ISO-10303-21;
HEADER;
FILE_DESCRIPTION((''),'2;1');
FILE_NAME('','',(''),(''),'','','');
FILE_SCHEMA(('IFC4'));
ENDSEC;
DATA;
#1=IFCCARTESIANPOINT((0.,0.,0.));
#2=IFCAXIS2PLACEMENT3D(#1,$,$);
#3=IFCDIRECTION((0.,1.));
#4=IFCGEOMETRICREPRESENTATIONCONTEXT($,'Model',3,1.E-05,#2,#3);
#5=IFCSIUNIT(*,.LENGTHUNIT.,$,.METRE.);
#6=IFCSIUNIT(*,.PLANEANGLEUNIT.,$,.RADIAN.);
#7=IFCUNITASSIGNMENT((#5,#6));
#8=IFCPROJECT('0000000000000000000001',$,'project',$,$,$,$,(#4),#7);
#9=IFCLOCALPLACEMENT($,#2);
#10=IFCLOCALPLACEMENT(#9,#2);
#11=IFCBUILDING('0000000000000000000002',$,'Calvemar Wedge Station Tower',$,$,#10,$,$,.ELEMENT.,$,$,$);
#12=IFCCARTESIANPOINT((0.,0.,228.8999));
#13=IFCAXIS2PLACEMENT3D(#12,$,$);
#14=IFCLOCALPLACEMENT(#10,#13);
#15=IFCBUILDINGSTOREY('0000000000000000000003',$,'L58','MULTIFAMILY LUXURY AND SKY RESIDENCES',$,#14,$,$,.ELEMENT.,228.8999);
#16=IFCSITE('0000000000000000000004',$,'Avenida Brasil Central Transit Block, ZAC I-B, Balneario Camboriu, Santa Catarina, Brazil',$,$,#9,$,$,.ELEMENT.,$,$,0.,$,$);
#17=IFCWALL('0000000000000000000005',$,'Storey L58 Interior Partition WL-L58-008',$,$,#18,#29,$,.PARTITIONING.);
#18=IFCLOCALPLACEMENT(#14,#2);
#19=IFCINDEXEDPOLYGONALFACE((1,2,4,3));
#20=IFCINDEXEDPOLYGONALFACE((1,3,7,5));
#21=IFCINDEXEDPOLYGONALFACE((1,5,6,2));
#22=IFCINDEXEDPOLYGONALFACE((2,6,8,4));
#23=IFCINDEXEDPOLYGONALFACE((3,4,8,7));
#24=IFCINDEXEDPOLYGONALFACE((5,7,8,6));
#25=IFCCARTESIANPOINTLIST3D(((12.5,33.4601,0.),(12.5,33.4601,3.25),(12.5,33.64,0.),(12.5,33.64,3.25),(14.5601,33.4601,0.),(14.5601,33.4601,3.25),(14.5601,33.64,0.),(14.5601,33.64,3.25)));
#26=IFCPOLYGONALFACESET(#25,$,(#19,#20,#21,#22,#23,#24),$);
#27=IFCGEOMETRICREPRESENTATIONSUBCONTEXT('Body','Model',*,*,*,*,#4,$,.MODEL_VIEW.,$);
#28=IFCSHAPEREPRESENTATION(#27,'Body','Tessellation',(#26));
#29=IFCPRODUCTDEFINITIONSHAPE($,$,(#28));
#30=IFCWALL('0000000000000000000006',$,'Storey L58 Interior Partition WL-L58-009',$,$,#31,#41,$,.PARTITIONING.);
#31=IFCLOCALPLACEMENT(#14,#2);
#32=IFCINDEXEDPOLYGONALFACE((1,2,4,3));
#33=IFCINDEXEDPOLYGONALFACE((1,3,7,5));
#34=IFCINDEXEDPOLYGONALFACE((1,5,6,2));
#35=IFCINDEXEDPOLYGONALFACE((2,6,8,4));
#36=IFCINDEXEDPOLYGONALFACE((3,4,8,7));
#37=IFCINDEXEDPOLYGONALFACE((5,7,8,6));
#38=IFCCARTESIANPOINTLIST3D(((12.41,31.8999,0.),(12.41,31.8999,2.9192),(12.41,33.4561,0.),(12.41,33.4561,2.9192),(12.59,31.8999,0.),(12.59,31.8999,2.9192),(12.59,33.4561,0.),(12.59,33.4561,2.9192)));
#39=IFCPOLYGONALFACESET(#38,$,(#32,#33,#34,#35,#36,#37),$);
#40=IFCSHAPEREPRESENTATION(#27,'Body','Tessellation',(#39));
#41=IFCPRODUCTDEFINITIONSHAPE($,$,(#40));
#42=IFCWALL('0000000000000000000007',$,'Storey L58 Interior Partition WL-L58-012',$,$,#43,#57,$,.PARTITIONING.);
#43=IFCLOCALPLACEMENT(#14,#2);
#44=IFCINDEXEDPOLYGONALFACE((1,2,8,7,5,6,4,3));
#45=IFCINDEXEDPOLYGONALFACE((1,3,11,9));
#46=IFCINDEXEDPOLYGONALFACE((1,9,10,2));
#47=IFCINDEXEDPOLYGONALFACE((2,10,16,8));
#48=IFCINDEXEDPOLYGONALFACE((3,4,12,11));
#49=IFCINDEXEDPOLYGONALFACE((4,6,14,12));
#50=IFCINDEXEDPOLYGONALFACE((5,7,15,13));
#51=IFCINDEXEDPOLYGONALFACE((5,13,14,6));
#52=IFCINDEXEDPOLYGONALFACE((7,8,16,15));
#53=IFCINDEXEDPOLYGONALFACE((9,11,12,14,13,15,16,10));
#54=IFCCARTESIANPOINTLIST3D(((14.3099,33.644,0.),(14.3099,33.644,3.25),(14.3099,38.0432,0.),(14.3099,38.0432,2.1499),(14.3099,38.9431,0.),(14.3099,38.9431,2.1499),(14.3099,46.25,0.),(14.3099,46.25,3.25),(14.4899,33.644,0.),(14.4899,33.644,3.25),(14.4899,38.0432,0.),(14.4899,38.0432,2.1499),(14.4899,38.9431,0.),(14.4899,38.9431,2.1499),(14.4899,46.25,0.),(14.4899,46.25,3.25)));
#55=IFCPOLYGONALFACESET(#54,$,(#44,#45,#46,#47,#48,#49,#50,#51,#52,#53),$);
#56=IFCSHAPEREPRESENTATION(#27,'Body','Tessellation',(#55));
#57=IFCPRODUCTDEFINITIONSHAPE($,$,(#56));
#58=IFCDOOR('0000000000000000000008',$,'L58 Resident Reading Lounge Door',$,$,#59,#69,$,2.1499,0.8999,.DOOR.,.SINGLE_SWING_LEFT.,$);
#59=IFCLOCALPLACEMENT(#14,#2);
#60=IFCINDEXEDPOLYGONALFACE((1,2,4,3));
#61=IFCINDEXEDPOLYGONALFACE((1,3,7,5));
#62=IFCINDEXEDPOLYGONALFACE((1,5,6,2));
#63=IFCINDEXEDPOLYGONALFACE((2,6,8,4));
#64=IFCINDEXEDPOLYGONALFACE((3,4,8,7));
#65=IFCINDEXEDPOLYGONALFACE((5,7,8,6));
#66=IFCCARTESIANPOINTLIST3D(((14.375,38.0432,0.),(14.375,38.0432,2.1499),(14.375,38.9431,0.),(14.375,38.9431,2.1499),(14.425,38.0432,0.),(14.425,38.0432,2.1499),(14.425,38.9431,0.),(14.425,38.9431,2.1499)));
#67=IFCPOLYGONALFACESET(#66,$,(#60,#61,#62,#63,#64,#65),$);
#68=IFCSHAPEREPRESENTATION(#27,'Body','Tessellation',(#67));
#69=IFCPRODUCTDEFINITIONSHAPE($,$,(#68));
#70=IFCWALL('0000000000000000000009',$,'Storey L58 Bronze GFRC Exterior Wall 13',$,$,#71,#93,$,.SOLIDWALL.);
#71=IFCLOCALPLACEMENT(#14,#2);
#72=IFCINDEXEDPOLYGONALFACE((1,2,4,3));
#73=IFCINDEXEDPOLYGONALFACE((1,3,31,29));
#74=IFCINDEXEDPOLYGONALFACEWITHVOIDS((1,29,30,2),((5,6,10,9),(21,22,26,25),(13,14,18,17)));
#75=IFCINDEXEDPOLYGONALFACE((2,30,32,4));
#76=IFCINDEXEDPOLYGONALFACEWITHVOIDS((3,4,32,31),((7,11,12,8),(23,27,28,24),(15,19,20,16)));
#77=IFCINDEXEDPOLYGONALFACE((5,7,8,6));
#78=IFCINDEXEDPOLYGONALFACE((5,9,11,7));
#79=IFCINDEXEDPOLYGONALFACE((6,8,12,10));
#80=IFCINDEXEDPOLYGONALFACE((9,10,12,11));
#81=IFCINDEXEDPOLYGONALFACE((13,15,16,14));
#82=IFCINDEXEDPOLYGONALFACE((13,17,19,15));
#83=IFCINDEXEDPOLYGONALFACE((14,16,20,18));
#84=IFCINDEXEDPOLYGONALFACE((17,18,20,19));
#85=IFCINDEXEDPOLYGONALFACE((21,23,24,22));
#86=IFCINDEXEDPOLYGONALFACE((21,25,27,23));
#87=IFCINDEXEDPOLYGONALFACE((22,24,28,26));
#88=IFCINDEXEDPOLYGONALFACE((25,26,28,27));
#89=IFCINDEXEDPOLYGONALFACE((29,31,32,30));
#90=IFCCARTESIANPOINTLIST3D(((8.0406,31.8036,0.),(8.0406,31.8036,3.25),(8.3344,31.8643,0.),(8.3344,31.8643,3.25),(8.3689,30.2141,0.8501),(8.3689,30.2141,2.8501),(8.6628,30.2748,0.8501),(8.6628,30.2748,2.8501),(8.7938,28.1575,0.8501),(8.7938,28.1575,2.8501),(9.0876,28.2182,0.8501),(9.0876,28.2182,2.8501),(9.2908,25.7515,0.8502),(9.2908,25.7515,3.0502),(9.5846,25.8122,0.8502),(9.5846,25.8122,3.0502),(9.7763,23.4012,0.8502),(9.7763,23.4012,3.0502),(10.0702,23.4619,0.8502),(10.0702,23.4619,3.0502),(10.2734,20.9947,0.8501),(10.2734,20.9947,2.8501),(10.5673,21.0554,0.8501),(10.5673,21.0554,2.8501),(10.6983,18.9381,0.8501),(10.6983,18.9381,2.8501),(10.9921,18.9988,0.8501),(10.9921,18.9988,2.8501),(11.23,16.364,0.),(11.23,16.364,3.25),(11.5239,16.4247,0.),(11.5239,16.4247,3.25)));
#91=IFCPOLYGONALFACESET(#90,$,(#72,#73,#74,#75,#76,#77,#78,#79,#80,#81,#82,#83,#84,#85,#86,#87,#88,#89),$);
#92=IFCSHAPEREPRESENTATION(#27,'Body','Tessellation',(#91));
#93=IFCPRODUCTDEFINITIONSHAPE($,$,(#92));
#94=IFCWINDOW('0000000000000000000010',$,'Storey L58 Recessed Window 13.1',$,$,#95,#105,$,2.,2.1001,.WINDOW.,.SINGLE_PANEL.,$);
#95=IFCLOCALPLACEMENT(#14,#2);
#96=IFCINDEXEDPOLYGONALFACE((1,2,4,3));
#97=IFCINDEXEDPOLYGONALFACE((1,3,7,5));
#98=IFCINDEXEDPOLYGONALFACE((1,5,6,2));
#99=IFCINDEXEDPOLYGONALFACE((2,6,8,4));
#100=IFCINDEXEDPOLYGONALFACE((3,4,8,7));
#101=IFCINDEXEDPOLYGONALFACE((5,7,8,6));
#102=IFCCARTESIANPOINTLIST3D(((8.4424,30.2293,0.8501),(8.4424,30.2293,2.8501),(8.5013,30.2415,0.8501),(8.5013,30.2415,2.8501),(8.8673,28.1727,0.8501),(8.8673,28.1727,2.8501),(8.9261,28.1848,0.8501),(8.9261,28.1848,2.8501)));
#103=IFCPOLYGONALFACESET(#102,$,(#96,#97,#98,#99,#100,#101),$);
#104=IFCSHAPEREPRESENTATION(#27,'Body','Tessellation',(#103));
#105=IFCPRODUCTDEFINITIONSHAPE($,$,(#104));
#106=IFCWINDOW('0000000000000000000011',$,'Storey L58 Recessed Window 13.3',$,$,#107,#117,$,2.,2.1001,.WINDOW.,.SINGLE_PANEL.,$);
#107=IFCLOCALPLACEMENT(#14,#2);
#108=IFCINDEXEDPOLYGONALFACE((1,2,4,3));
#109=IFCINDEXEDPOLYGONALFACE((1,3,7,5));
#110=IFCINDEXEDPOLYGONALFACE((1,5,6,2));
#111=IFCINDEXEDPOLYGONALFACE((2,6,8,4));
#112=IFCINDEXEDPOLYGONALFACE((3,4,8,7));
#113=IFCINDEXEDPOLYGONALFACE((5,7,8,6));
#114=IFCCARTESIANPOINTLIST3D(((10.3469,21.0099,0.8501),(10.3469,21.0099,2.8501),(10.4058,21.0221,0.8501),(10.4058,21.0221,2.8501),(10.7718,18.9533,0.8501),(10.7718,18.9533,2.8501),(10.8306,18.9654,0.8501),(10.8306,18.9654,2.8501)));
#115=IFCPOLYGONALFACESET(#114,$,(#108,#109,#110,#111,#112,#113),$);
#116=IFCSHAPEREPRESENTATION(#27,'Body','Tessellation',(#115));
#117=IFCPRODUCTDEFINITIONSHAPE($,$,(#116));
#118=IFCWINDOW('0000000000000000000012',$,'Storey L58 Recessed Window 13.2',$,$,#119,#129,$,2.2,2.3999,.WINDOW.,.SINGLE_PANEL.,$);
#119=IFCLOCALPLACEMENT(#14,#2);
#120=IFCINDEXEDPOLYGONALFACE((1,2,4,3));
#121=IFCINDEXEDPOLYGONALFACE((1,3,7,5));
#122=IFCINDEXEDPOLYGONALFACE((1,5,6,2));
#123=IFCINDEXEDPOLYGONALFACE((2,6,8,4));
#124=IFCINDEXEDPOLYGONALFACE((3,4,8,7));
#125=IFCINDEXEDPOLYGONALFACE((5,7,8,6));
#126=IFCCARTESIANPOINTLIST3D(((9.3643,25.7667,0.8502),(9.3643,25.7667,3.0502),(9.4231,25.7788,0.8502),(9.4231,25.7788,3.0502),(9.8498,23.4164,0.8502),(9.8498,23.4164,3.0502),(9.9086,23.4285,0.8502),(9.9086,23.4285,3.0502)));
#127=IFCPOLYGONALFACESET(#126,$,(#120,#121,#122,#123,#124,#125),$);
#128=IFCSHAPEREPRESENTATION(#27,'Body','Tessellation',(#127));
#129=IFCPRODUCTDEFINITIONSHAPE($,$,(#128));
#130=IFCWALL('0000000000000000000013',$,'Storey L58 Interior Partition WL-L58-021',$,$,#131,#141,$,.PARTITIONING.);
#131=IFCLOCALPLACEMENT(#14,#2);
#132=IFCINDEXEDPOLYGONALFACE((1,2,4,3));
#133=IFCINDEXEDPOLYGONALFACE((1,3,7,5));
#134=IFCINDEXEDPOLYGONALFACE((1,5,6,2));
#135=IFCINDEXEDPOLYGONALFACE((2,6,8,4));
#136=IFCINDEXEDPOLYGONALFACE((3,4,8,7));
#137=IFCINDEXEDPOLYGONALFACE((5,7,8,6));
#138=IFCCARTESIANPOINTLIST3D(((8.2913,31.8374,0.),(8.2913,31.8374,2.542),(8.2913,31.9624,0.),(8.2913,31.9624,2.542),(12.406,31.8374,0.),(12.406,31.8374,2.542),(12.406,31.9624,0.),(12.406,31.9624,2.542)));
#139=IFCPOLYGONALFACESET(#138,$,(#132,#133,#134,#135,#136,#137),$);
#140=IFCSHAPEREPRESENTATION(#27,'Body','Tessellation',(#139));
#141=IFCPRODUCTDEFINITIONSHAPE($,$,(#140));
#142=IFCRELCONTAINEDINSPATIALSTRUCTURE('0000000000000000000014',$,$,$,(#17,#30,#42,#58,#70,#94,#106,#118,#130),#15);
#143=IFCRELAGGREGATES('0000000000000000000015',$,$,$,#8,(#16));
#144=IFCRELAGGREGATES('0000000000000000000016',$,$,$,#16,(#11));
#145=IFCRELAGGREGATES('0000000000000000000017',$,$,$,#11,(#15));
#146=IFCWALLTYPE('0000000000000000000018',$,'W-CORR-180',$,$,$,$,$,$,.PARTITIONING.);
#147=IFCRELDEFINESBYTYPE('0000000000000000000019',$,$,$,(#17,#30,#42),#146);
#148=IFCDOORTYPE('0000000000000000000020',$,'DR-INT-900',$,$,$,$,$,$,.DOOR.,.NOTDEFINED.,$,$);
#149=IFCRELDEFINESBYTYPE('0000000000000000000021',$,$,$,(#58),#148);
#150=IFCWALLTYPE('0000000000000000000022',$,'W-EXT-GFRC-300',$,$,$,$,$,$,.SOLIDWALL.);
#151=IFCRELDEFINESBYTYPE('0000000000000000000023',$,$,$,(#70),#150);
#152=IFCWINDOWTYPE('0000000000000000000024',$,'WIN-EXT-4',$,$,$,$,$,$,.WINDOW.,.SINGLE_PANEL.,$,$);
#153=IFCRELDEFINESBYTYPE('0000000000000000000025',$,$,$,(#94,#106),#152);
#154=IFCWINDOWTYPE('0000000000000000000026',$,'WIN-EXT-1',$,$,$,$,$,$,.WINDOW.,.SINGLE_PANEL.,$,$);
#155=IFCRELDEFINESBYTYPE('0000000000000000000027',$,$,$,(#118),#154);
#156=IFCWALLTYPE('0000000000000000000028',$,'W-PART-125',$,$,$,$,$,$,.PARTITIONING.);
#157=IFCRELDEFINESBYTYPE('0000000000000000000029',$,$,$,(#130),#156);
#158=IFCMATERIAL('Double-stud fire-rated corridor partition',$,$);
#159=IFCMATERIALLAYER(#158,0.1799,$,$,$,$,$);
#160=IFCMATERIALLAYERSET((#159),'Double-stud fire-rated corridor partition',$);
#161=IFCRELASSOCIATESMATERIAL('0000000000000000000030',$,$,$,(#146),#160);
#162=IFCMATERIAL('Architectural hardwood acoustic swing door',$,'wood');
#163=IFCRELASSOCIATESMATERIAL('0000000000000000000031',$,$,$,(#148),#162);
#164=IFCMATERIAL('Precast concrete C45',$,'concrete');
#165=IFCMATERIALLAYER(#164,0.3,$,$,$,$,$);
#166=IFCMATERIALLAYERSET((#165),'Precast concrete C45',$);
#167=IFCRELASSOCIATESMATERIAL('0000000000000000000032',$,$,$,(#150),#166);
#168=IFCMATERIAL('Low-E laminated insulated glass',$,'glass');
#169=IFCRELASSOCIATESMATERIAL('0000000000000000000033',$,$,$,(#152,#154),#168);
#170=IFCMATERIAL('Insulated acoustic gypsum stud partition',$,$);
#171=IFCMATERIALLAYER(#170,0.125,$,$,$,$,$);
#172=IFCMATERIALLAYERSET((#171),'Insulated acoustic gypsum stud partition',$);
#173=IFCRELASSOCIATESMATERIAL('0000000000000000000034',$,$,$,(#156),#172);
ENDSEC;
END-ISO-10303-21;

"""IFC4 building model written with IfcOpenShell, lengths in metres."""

from ifc_helpers import new_model, si_unit, direction, frame, frame_2d, origin, place, context, subcontext, project, spatial, rectangle, extrude, source, transform, mapped, material, layer, layer_set, type_object, element, fill, save


model = new_model("IFC4")

# Units and contexts
model_context = context("Model", 3, precision=1e-05, world=origin(), true_north=direction((0.0, 1.0)))
body_context = subcontext(model_context, "Body", "Model", "MODEL_VIEW")
ifc_project = project(units=[si_unit("LENGTHUNIT", "METRE"), si_unit("PLANEANGLEUNIT", "RADIAN")], contexts=[model_context])

# Site, building, storey
site_placement = place(None, origin())
site = spatial("IfcSite", under=ifc_project, at=site_placement, Name="Avenida Brasil Central Transit Block, ZAC I-B, Balneario Camboriu, Santa Catarina, Brazil", CompositionType="ELEMENT", RefElevation=0.0)
building_placement = place(site_placement, origin())
building = spatial("IfcBuilding", under=site, at=building_placement, Name="Calvemar Wedge Station Tower", CompositionType="ELEMENT")
storey_placement = place(building_placement, frame((0.0, 0.0, 228.8999)))
storey = spatial("IfcBuildingStorey", under=building, at=storey_placement, Name="L58", Description="MULTIFAMILY LUXURY AND SKY RESIDENCES", CompositionType="ELEMENT", Elevation=228.8999)

# Walls
ifc_material_1 = material(Name="Double-stud fire-rated corridor partition")
ifc_layer_1 = layer(ifc_material_1, 0.1799)
ifc_layer_set_1 = layer_set([ifc_layer_1], Name="Double-stud fire-rated corridor partition")
wall_type_1 = type_object("IfcWallType", Name="W-CORR-180", PredefinedType="PARTITIONING", material=ifc_layer_set_1)
wall_1_placement = place(storey_placement, frame((12.5, 33.55, 0.0), z_axis=(0.0, 0.0, 1.0), x_axis=(1.0, 0.0, 0.0)))
element("IfcWall", 1, at=wall_1_placement, inside=storey, type_object=wall_type_1, Name="Storey L58 Interior Partition WL-L58-008", PredefinedType="PARTITIONING", context=body_context, shape_type="SweptSolid", body=[
    extrude(rectangle(XDim=2.0601, YDim=0.1799, at=frame_2d((1.03, 0.0))), origin(), (0.0, 0.0, 1.0), 3.25),
])
wall_2_placement = place(storey_placement, frame((12.5, 31.8999, 0.0), z_axis=(0.0, 0.0, 1.0), x_axis=(0.0, 1.0, 0.0)))
element("IfcWall", 2, at=wall_2_placement, inside=storey, type_object=wall_type_1, Name="Storey L58 Interior Partition WL-L58-009", PredefinedType="PARTITIONING", context=body_context, shape_type="SweptSolid", body=[
    extrude(rectangle(XDim=1.5562, YDim=0.1799, at=frame_2d((0.7781, 0.0))), origin(), (0.0, 0.0, 1.0), 2.9192),
])

# Wall, opening, door
wall_3_placement = place(storey_placement, frame((14.3999, 33.644, 0.0), z_axis=(0.0, 0.0, 1.0), x_axis=(0.0, 1.0, 0.0)))
wall_3 = element("IfcWall", 3, at=wall_3_placement, inside=storey, type_object=wall_type_1, Name="Storey L58 Interior Partition WL-L58-012", PredefinedType="PARTITIONING", context=body_context, shape_type="SweptSolid", body=[
    extrude(rectangle(XDim=12.606, YDim=0.1799, at=frame_2d((6.303, 0.0))), origin(), (0.0, 0.0, 1.0), 3.25),
])
shared_shape_1 = source(origin(), body_context, "Body", "SweptSolid", [
    extrude(rectangle(XDim=0.8999, YDim=2.1499, at=frame_2d((0.45, 1.075))), frame((0.0, 0.1001, 0.0), z_axis=(0.0, -1.0, 0.0), x_axis=(1.0, 0.0, 0.0)), (0.0, 0.0, 1.0), 0.2),
])
opening_1_placement = place(wall_3_placement, frame((4.3992, 0.0, 0.0)))
opening_1 = element("IfcOpeningElement", 4, at=opening_1_placement, cuts=wall_3, PredefinedType="OPENING", context=body_context, shape_type="MappedRepresentation", body=[
    mapped(shared_shape_1, transform((0.0, 0.0, 0.0), scale=1.0)),
])
ifc_material_2 = material(Name="Architectural hardwood acoustic swing door", Category="wood")
door_type_1 = type_object("IfcDoorType", Name="DR-INT-900", OperationType="NOTDEFINED", PredefinedType="DOOR", material=ifc_material_2)
shared_shape_2 = source(origin(), body_context, "Body", "SweptSolid", [
    extrude(rectangle(XDim=0.8999, YDim=2.1499, at=frame_2d((0.45, 1.075))), frame((0.0, 0.0249, 0.0), z_axis=(0.0, -1.0, 0.0), x_axis=(1.0, 0.0, 0.0)), (0.0, 0.0, 1.0), 0.05),
])
door_1_placement = place(opening_1_placement, origin())
door_1 = element("IfcDoor", 5, at=door_1_placement, inside=storey, type_object=door_type_1, Name="L58 Resident Reading Lounge Door", OperationType="SINGLE_SWING_LEFT", OverallHeight=2.1499, OverallWidth=0.8999, PredefinedType="DOOR", context=body_context, shape_type="MappedRepresentation", body=[
    mapped(shared_shape_2, transform((0.0, 0.0, 0.0), scale=1.0)),
])
fill(opening_1, door_1)

# Wall, openings, windows
ifc_material_3 = material(Name="Precast concrete C45", Category="concrete")
ifc_layer_2 = layer(ifc_material_3, 0.3)
ifc_layer_set_2 = layer_set([ifc_layer_2], Name="Precast concrete C45")
wall_type_2 = type_object("IfcWallType", Name="W-EXT-GFRC-300", PredefinedType="SOLIDWALL", material=ifc_layer_set_2)
wall_4_placement = place(storey_placement, frame((8.1875, 31.834, 0.0), z_axis=(0.0, 0.0, 1.0), x_axis=(0.202303, -0.979323, 0.0)))
wall_4 = element("IfcWall", 6, at=wall_4_placement, inside=storey, type_object=wall_type_2, Name="Storey L58 Bronze GFRC Exterior Wall 13", PredefinedType="SOLIDWALL", context=body_context, shape_type="SweptSolid", body=[
    extrude(rectangle(XDim=15.7656, YDim=0.3, at=frame_2d((7.8828, 0.0))), origin(), (0.0, 0.0, 1.0), 3.25),
])
shared_shape_3 = source(origin(), body_context, "Body", "SweptSolid", [
    extrude(rectangle(XDim=2.1001, YDim=2.0, at=frame_2d((1.05, 1.0))), frame((0.0, 0.1602, 0.0), z_axis=(0.0, -1.0, 0.0), x_axis=(1.0, 0.0, 0.0)), (0.0, 0.0, 1.0), 0.3201),
])
opening_2_placement = place(wall_4_placement, frame((1.623, 0.0, 0.8501)))
opening_2 = element("IfcOpeningElement", 7, at=opening_2_placement, cuts=wall_4, PredefinedType="OPENING", context=body_context, shape_type="MappedRepresentation", body=[
    mapped(shared_shape_3, transform((0.0, 0.0, 0.0), scale=1.0)),
])
shared_shape_4 = source(origin(), body_context, "Body", "SweptSolid", [
    extrude(rectangle(XDim=2.3999, YDim=2.2, at=frame_2d((1.2, 1.1001))), frame((0.0, 0.1602, 0.0), z_axis=(0.0, -1.0, 0.0), x_axis=(1.0, 0.0, 0.0)), (0.0, 0.0, 1.0), 0.3201),
])
opening_3_placement = place(wall_4_placement, frame((6.1799, 0.0, 0.8501)))
opening_3 = element("IfcOpeningElement", 8, at=opening_3_placement, cuts=wall_4, PredefinedType="OPENING", context=body_context, shape_type="MappedRepresentation", body=[
    mapped(shared_shape_4, transform((0.0, 0.0, 0.0), scale=1.0)),
])
opening_4_placement = place(wall_4_placement, frame((11.0371, 0.0, 0.8501)))
opening_4 = element("IfcOpeningElement", 9, at=opening_4_placement, cuts=wall_4, PredefinedType="OPENING", context=body_context, shape_type="MappedRepresentation", body=[
    mapped(shared_shape_3, transform((0.0, 0.0, 0.0), scale=1.0)),
])
ifc_material_4 = material(Name="Low-E laminated insulated glass", Category="glass")
window_type_1 = type_object("IfcWindowType", Name="WIN-EXT-4", PartitioningType="SINGLE_PANEL", PredefinedType="WINDOW", material=ifc_material_4)
shared_shape_5 = source(origin(), body_context, "Body", "SweptSolid", [
    extrude(rectangle(XDim=2.1001, YDim=2.0, at=frame_2d((1.05, 1.0))), frame((0.0, -0.0149, 0.0), z_axis=(0.0, -1.0, 0.0), x_axis=(1.0, 0.0, 0.0)), (0.0, 0.0, 1.0), 0.0601),
])
window_1_placement = place(opening_2_placement, origin())
window_1 = element("IfcWindow", 10, at=window_1_placement, inside=storey, type_object=window_type_1, Name="Storey L58 Recessed Window 13.1", OverallHeight=2.0, OverallWidth=2.1001, PartitioningType="SINGLE_PANEL", PredefinedType="WINDOW", context=body_context, shape_type="MappedRepresentation", body=[
    mapped(shared_shape_5, transform((0.0, 0.0, 0.0), scale=1.0)),
])
fill(opening_2, window_1)
window_2_placement = place(opening_4_placement, origin())
window_2 = element("IfcWindow", 11, at=window_2_placement, inside=storey, type_object=window_type_1, Name="Storey L58 Recessed Window 13.3", OverallHeight=2.0, OverallWidth=2.1001, PartitioningType="SINGLE_PANEL", PredefinedType="WINDOW", context=body_context, shape_type="MappedRepresentation", body=[
    mapped(shared_shape_5, transform((0.0, 0.0, 0.0), scale=1.0)),
])
fill(opening_4, window_2)
window_type_2 = type_object("IfcWindowType", Name="WIN-EXT-1", PartitioningType="SINGLE_PANEL", PredefinedType="WINDOW", material=ifc_material_4)
shared_shape_6 = source(origin(), body_context, "Body", "SweptSolid", [
    extrude(rectangle(XDim=2.3999, YDim=2.2, at=frame_2d((1.2, 1.1001))), frame((0.0, -0.0149, 0.0), z_axis=(0.0, -1.0, 0.0), x_axis=(1.0, 0.0, 0.0)), (0.0, 0.0, 1.0), 0.0601),
])
window_3_placement = place(opening_3_placement, origin())
window_3 = element("IfcWindow", 12, at=window_3_placement, inside=storey, type_object=window_type_2, Name="Storey L58 Recessed Window 13.2", OverallHeight=2.2, OverallWidth=2.3999, PartitioningType="SINGLE_PANEL", PredefinedType="WINDOW", context=body_context, shape_type="MappedRepresentation", body=[
    mapped(shared_shape_6, transform((0.0, 0.0, 0.0), scale=1.0)),
])
fill(opening_3, window_3)

# Wall
ifc_material_5 = material(Name="Insulated acoustic gypsum stud partition")
ifc_layer_3 = layer(ifc_material_5, 0.125)
ifc_layer_set_3 = layer_set([ifc_layer_3], Name="Insulated acoustic gypsum stud partition")
wall_type_3 = type_object("IfcWallType", Name="W-PART-125", PredefinedType="PARTITIONING", material=ifc_layer_set_3)
wall_5_placement = place(storey_placement, frame((12.406, 31.8999, 0.0), z_axis=(0.0, 0.0, 1.0), x_axis=(-1.0, 0.0, 0.0)))
element("IfcWall", 13, at=wall_5_placement, inside=storey, type_object=wall_type_3, Name="Storey L58 Interior Partition WL-L58-021", PredefinedType="PARTITIONING", context=body_context, shape_type="SweptSolid", body=[
    extrude(rectangle(XDim=4.1147, YDim=0.125, at=frame_2d((2.0574, 0.0))), origin(), (0.0, 0.0, 1.0), 2.542),
])

save(model, "model.ifc")
